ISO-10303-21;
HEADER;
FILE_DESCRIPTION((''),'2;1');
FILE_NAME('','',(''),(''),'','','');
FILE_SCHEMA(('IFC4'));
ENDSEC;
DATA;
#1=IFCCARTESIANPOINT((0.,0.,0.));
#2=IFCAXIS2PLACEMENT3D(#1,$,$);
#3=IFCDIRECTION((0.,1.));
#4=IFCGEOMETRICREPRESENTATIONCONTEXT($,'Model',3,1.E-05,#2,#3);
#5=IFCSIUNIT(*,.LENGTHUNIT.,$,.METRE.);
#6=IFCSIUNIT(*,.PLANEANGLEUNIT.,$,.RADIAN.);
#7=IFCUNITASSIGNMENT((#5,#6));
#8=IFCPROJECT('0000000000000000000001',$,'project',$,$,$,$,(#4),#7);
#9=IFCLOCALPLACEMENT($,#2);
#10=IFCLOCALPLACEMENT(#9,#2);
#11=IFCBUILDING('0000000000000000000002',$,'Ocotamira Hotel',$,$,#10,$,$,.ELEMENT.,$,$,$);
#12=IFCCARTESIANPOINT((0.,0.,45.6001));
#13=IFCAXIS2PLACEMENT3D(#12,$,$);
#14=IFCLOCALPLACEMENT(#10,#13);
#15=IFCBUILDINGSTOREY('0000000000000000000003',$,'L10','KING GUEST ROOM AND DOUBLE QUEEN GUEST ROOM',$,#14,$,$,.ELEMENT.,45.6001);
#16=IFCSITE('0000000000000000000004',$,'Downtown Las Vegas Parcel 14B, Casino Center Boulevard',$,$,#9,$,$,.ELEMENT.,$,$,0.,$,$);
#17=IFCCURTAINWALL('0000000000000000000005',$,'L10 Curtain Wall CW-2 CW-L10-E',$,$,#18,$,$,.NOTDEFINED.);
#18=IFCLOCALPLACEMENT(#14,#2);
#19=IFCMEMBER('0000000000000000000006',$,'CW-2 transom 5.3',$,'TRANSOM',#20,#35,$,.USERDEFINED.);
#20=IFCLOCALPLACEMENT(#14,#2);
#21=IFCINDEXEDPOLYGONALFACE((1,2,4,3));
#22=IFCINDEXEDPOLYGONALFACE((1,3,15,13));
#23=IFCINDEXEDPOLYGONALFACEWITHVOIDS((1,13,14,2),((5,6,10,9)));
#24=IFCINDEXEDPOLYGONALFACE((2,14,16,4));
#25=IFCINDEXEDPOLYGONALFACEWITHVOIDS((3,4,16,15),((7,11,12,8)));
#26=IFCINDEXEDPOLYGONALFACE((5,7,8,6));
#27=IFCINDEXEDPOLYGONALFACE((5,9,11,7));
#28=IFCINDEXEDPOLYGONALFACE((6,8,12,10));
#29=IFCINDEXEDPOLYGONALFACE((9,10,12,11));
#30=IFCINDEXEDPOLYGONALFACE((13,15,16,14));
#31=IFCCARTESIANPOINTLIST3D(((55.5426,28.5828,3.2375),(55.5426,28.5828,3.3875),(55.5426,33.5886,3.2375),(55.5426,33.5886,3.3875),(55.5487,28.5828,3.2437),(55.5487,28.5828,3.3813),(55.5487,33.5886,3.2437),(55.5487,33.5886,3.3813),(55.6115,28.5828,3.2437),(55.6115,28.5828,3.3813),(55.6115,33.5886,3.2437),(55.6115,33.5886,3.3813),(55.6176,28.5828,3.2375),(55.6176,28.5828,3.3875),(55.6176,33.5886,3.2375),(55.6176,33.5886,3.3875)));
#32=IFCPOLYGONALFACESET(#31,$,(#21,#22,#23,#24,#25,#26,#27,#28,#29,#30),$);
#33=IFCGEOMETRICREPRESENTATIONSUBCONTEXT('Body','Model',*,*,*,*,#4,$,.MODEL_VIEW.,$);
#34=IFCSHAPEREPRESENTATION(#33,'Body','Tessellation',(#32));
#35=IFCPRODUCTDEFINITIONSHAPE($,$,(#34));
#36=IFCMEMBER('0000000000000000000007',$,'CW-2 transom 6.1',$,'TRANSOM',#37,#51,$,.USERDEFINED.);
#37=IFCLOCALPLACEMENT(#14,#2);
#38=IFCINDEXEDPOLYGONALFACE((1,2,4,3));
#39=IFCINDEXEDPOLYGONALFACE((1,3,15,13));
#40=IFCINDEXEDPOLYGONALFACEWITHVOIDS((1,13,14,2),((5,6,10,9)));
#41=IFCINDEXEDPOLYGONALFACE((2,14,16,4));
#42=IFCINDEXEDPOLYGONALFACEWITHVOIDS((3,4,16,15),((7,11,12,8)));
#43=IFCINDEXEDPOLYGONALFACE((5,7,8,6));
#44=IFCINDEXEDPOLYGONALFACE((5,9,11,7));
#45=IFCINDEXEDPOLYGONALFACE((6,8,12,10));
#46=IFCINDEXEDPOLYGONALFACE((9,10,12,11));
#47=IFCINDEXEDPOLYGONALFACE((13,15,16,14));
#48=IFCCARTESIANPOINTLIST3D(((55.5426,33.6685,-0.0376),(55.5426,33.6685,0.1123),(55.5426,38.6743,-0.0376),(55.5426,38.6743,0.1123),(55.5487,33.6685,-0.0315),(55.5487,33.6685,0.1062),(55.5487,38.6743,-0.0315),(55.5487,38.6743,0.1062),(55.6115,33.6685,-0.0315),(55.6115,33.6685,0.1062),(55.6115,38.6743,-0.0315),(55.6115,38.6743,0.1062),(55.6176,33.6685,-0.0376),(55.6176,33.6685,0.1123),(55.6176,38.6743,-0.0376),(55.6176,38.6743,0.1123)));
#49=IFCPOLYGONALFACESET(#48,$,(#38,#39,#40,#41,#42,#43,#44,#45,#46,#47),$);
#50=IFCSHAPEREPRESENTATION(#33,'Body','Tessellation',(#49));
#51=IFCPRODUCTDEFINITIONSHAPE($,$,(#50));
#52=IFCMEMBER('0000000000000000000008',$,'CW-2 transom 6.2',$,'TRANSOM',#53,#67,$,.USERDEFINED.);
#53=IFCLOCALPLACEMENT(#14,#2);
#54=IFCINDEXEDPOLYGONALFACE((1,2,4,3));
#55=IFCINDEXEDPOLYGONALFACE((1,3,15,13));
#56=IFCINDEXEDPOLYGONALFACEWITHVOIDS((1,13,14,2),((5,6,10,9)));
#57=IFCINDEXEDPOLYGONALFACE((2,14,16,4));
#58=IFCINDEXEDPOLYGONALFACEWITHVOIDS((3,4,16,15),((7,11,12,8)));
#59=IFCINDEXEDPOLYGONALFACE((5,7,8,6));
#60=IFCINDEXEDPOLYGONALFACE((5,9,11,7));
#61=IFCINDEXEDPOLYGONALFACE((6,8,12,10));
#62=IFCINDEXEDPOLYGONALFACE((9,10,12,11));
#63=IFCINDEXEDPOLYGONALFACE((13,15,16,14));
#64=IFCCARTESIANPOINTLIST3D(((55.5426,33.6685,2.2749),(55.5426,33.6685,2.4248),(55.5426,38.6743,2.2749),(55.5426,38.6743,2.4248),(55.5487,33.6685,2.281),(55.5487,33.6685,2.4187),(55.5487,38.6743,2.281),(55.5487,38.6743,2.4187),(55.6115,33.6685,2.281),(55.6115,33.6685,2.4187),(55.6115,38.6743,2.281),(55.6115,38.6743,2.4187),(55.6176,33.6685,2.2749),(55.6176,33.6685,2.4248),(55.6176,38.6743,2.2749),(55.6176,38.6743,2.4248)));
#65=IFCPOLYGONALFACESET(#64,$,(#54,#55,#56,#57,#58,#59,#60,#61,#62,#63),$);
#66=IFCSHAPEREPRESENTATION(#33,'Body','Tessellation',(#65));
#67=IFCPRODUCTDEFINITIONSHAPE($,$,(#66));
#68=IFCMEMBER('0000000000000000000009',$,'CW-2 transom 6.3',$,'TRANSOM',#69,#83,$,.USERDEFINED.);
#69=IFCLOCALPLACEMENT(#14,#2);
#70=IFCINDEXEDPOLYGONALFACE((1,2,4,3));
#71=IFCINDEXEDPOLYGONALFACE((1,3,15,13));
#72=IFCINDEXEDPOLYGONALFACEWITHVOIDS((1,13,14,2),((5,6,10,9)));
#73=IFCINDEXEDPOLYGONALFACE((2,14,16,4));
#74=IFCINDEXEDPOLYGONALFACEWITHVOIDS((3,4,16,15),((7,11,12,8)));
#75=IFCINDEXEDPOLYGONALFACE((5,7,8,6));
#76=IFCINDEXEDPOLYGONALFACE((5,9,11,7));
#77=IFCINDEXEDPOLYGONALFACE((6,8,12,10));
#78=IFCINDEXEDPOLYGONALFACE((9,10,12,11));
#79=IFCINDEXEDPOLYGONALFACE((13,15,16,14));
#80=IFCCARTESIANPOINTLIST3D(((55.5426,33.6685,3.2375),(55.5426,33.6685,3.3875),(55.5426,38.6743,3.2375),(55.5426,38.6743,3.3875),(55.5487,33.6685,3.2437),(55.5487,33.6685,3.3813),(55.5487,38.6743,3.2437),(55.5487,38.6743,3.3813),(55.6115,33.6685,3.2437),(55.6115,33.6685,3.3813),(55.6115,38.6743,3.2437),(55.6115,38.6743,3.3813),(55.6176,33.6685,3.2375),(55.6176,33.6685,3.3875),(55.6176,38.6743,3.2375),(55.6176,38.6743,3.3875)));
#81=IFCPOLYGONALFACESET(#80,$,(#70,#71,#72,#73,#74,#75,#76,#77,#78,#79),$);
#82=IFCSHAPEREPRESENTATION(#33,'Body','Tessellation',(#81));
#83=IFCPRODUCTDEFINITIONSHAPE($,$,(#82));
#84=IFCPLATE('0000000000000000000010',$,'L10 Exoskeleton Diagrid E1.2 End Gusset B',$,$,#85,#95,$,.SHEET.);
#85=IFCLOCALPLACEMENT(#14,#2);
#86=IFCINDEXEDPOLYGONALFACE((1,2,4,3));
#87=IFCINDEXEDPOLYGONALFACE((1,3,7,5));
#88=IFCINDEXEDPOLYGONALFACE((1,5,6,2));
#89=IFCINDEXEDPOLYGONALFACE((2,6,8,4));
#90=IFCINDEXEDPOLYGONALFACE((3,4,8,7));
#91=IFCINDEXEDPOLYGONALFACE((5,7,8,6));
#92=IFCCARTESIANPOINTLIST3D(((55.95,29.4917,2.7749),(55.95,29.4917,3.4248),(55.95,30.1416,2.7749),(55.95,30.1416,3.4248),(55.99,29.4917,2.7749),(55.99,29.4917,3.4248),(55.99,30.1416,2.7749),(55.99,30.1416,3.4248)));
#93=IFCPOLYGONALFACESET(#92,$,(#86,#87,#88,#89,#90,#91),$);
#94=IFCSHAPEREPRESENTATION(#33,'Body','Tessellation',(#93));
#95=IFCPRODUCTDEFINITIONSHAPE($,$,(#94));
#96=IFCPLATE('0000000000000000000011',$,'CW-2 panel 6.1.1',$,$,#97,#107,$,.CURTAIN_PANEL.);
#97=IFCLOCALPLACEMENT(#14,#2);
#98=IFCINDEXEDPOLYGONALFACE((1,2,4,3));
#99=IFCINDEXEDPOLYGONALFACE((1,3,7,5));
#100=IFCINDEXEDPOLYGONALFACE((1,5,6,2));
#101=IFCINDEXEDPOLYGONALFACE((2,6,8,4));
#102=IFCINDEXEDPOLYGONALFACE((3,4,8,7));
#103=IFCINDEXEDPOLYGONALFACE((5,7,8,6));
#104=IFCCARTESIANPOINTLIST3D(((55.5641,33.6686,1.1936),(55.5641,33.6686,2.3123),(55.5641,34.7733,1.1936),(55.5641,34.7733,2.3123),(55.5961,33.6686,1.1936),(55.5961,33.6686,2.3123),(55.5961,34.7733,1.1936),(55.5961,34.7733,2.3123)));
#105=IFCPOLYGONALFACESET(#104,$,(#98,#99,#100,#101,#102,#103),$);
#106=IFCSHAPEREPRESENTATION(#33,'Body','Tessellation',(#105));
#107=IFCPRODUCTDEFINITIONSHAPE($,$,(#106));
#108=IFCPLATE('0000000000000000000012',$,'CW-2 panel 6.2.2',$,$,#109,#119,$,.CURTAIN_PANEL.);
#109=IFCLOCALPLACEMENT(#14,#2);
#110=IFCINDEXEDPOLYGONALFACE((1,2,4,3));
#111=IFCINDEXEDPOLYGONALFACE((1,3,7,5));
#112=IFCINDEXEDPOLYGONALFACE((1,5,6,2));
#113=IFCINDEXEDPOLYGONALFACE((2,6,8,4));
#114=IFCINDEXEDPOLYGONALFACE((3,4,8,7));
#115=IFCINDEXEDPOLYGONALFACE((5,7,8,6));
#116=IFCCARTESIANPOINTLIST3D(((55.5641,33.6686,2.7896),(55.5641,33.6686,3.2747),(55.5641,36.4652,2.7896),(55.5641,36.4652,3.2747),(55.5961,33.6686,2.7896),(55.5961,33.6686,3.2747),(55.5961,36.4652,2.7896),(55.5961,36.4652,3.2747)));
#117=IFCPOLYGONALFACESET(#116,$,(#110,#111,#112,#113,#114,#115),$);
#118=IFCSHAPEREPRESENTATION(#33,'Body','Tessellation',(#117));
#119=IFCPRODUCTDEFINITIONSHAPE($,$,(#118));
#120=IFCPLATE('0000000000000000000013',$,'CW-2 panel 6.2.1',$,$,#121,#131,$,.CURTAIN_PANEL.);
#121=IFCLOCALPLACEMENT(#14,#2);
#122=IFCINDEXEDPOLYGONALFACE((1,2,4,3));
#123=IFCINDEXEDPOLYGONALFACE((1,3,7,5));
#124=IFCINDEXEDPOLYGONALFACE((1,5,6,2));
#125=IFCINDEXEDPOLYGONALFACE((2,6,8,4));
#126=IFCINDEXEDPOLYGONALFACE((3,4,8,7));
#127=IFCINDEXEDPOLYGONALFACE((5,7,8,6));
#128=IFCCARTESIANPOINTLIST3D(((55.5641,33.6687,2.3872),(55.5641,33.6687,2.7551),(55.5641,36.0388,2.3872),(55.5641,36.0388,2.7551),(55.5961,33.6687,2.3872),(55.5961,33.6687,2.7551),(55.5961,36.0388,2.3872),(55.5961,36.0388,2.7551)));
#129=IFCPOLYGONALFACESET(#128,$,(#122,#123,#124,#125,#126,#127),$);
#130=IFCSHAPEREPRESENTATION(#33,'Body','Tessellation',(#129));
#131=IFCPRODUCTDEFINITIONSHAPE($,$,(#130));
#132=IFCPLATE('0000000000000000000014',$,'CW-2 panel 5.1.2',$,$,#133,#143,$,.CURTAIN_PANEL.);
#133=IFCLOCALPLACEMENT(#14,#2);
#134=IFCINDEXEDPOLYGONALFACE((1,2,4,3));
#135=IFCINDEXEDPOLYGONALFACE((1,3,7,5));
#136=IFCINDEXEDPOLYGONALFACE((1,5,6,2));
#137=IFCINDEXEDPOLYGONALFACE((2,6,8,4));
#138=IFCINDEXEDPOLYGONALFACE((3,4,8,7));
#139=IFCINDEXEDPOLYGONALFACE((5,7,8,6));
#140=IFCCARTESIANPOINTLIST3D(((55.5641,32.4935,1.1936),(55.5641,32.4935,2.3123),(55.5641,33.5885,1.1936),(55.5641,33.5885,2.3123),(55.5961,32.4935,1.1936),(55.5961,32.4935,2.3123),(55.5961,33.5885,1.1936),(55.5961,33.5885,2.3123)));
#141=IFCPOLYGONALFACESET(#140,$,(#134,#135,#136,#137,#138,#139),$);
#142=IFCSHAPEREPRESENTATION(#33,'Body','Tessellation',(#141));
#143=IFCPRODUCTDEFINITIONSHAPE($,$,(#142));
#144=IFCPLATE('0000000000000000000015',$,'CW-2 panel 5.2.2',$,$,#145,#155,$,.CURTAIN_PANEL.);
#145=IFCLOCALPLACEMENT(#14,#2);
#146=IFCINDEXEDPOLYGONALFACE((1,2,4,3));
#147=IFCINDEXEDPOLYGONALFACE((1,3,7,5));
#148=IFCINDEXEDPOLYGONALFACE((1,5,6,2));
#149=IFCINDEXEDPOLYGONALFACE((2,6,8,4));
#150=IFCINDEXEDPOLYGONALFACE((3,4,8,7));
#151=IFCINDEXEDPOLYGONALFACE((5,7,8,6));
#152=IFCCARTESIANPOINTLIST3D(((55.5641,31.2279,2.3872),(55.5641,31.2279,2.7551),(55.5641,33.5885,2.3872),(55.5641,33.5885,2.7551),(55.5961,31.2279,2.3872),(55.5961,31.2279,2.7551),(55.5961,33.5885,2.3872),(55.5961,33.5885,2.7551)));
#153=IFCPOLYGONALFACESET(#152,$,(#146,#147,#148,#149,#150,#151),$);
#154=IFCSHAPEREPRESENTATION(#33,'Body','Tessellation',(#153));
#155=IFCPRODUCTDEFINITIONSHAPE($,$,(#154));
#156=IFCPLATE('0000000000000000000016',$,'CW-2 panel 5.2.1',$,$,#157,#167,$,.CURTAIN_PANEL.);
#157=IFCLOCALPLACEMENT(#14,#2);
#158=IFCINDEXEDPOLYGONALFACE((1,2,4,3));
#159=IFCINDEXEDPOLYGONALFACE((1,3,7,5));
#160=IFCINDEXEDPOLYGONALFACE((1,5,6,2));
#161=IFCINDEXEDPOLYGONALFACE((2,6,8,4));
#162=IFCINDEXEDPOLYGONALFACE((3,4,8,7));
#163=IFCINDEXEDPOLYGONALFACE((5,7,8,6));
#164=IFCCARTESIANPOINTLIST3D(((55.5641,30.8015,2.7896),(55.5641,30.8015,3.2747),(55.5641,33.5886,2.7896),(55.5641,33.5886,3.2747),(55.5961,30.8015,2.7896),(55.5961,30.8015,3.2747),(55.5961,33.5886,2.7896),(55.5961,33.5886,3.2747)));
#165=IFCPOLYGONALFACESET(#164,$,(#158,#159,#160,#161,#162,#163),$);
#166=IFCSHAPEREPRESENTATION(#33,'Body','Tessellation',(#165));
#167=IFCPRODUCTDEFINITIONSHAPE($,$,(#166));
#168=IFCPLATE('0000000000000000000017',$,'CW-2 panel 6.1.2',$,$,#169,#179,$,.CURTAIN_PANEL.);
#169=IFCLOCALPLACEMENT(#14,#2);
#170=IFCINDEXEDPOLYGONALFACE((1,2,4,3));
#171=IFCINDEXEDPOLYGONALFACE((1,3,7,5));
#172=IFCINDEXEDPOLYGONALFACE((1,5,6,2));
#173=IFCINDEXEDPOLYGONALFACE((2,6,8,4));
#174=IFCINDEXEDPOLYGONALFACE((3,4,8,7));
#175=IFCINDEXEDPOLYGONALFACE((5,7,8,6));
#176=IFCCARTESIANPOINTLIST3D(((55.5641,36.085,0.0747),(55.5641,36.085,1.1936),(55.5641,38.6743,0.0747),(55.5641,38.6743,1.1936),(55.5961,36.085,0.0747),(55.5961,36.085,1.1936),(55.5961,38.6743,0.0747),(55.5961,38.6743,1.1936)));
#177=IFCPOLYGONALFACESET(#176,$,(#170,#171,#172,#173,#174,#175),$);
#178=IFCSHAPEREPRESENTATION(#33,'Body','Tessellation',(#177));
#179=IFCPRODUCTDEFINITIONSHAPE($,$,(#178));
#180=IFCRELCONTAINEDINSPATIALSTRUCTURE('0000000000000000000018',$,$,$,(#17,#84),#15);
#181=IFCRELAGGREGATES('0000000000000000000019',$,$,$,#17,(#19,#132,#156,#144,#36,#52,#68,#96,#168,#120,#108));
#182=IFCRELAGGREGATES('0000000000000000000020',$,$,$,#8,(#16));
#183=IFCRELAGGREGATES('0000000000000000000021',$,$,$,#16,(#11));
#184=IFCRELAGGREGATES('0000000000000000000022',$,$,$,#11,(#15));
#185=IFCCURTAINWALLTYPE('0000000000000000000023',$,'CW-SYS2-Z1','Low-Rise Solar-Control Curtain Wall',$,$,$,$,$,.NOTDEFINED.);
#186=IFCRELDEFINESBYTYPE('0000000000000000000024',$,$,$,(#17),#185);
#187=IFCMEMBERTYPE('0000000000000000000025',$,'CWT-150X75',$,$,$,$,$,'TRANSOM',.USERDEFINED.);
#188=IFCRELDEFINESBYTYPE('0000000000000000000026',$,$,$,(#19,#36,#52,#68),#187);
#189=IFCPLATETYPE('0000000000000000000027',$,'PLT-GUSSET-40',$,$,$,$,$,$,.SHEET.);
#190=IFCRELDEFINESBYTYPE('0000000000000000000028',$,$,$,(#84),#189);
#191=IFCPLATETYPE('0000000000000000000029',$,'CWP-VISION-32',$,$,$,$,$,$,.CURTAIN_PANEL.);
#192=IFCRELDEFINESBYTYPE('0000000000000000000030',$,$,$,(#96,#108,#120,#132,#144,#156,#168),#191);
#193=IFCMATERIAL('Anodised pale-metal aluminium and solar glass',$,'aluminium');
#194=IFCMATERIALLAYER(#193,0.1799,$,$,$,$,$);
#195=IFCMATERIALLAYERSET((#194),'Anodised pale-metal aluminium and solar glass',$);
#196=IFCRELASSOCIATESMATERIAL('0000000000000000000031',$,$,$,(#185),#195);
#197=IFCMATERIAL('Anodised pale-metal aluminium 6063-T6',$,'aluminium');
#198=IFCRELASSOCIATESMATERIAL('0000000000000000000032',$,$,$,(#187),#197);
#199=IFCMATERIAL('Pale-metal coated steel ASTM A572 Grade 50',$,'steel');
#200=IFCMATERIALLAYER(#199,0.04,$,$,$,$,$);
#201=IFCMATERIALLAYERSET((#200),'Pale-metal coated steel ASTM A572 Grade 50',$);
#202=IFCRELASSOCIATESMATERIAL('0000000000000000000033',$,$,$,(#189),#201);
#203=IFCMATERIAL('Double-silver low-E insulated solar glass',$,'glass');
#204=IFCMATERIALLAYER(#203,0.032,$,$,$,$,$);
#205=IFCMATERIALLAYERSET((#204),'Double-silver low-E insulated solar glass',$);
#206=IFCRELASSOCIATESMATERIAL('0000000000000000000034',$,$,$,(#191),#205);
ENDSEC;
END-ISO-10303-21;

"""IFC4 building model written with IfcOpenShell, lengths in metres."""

from ifc_helpers import new_model, si_unit, direction, frame, origin, origin_2d, place, context, subcontext, project, spatial, rectangle, hollow_rectangle, extrude, source, transform, mapped, material, layer, layer_set, material_profile, profile_set, type_object, element, aggregate, save


model = new_model("IFC4")

# Units and contexts
model_context = context("Model", 3, precision=1e-05, world=origin(), true_north=direction((0.0, 1.0)))
body_context = subcontext(model_context, "Body", "Model", "MODEL_VIEW")
ifc_project = project(units=[si_unit("LENGTHUNIT", "METRE"), si_unit("PLANEANGLEUNIT", "RADIAN")], contexts=[model_context])

# Site, building, storey
site_placement = place(None, origin())
site = spatial("IfcSite", under=ifc_project, at=site_placement, Name="Downtown Las Vegas Parcel 14B, Casino Center Boulevard", CompositionType="ELEMENT", RefElevation=0.0)
building_placement = place(site_placement, origin())
building = spatial("IfcBuilding", under=site, at=building_placement, Name="Ocotamira Hotel", CompositionType="ELEMENT")
storey_placement = place(building_placement, frame((0.0, 0.0, 45.6001)))
storey = spatial("IfcBuildingStorey", under=building, at=storey_placement, Name="L10", Description="KING GUEST ROOM AND DOUBLE QUEEN GUEST ROOM", CompositionType="ELEMENT", Elevation=45.6001)

# Curtain wall, members
ifc_material_1 = material(Name="Anodised pale-metal aluminium and solar glass", Category="aluminium")
ifc_layer_1 = layer(ifc_material_1, 0.1799)
ifc_layer_set_1 = layer_set([ifc_layer_1], Name="Anodised pale-metal aluminium and solar glass")
curtain_wall_type = type_object("IfcCurtainWallType", Name="CW-SYS2-Z1", Description="Low-Rise Solar-Control Curtain Wall", PredefinedType="NOTDEFINED", material=ifc_layer_set_1)
curtain_wall_placement = place(storey_placement, origin())
curtain_wall = element("IfcCurtainWall", 1, at=curtain_wall_placement, inside=storey, type_object=curtain_wall_type, Name="L10 Curtain Wall CW-2 CW-L10-E", PredefinedType="NOTDEFINED")
ifc_material_2 = material(Name="Anodised pale-metal aluminium 6063-T6", Category="aluminium")
ifc_material_profile_1 = material_profile(ifc_material_2, hollow_rectangle(XDim=0.075, YDim=0.1499, WallThickness=0.0061, at=origin_2d()), Name="HSS150X75X6")
ifc_profile_set_1 = profile_set([ifc_material_profile_1], Name="Anodised pale-metal aluminium 6063-T6")
member_type_1 = type_object("IfcMemberType", Name="CWT-150X75", ElementType="TRANSOM", PredefinedType="USERDEFINED", material=ifc_profile_set_1)
shared_shape_1 = source(origin(), body_context, "Body", "SweptSolid", [
    extrude(hollow_rectangle(XDim=0.075, YDim=0.1499, WallThickness=0.0061, at=origin_2d()), origin(), (0.0, 0.0, 1.0), 5.0059),
])
member_1_placement = place(storey_placement, frame((55.5801, 28.5828, 3.3125), z_axis=(0.0, 1.0, 0.0), x_axis=(-1.0, 0.0, 0.0)))
member_1 = element("IfcMember", 2, at=member_1_placement, type_object=member_type_1, Name="CW-2 transom 5.3", ObjectType="TRANSOM", PredefinedType="USERDEFINED", context=body_context, shape_type="MappedRepresentation", body=[
    mapped(shared_shape_1, transform((0.0, 0.0, 0.0), scale=1.0)),
])
member_2_placement = place(storey_placement, frame((55.5801, 33.6685, 0.0374), z_axis=(0.0, 1.0, 0.0), x_axis=(-1.0, 0.0, 0.0)))
member_2 = element("IfcMember", 3, at=member_2_placement, type_object=member_type_1, Name="CW-2 transom 6.1", ObjectType="TRANSOM", PredefinedType="USERDEFINED", context=body_context, shape_type="MappedRepresentation", body=[
    mapped(shared_shape_1, transform((0.0, 0.0, 0.0), scale=1.0)),
])
member_3_placement = place(storey_placement, frame((55.5801, 33.6685, 2.3499), z_axis=(0.0, 1.0, 0.0), x_axis=(-1.0, 0.0, 0.0)))
member_3 = element("IfcMember", 4, at=member_3_placement, type_object=member_type_1, Name="CW-2 transom 6.2", ObjectType="TRANSOM", PredefinedType="USERDEFINED", context=body_context, shape_type="MappedRepresentation", body=[
    mapped(shared_shape_1, transform((0.0, 0.0, 0.0), scale=1.0)),
])
member_4_placement = place(storey_placement, frame((55.5801, 33.6685, 3.3125), z_axis=(0.0, 1.0, 0.0), x_axis=(-1.0, 0.0, 0.0)))
member_4 = element("IfcMember", 5, at=member_4_placement, type_object=member_type_1, Name="CW-2 transom 6.3", ObjectType="TRANSOM", PredefinedType="USERDEFINED", context=body_context, shape_type="MappedRepresentation", body=[
    mapped(shared_shape_1, transform((0.0, 0.0, 0.0), scale=1.0)),
])

# Plates
ifc_material_3 = material(Name="Pale-metal coated steel ASTM A572 Grade 50", Category="steel")
ifc_layer_2 = layer(ifc_material_3, 0.04)
ifc_layer_set_2 = layer_set([ifc_layer_2], Name="Pale-metal coated steel ASTM A572 Grade 50")
plate_type_1 = type_object("IfcPlateType", Name="PLT-GUSSET-40", PredefinedType="SHEET", material=ifc_layer_set_2)
shared_shape_2 = source(origin(), body_context, "Body", "SweptSolid", [
    extrude(rectangle(XDim=0.04, YDim=0.6499, at=origin_2d()), origin(), (0.0, 0.0, 1.0), 0.6499),
])
plate_1_placement = place(storey_placement, frame((55.97, 29.8167, 2.7749), z_axis=(0.0, 0.0, 1.0), x_axis=(1.0, 0.0, 0.0)))
element("IfcPlate", 6, at=plate_1_placement, inside=storey, type_object=plate_type_1, Name="L10 Exoskeleton Diagrid E1.2 End Gusset B", PredefinedType="SHEET", context=body_context, shape_type="MappedRepresentation", body=[
    mapped(shared_shape_2, transform((0.0, 0.0, 0.0), scale=1.0)),
])
ifc_material_4 = material(Name="Double-silver low-E insulated solar glass", Category="glass")
ifc_layer_3 = layer(ifc_material_4, 0.032)
ifc_layer_set_3 = layer_set([ifc_layer_3], Name="Double-silver low-E insulated solar glass")
plate_type_2 = type_object("IfcPlateType", Name="CWP-VISION-32", PredefinedType="CURTAIN_PANEL", material=ifc_layer_set_3)
shared_shape_3 = source(origin(), body_context, "Body", "SweptSolid", [
    extrude(rectangle(XDim=1.1047, YDim=0.032, at=origin_2d()), origin(), (0.0, 0.0, 1.0), 1.1187),
])
plate_2_placement = place(storey_placement, frame((55.5801, 34.2209, 1.1936), z_axis=(0.0, 0.0, 1.0), x_axis=(0.0, 1.0, 0.0)))
plate_2 = element("IfcPlate", 7, at=plate_2_placement, type_object=plate_type_2, Name="CW-2 panel 6.1.1", PredefinedType="CURTAIN_PANEL", context=body_context, shape_type="MappedRepresentation", body=[
    mapped(shared_shape_3, transform((0.0, 0.0, 0.0), scale=1.0)),
])
shared_shape_4 = source(origin(), body_context, "Body", "SweptSolid", [
    extrude(rectangle(XDim=2.7966, YDim=0.032, at=origin_2d()), origin(), (0.0, 0.0, 1.0), 0.4851),
])
plate_3_placement = place(storey_placement, frame((55.5801, 35.0669, 2.7896), z_axis=(0.0, 0.0, 1.0), x_axis=(0.0, 1.0, 0.0)))
plate_3 = element("IfcPlate", 8, at=plate_3_placement, type_object=plate_type_2, Name="CW-2 panel 6.2.2", PredefinedType="CURTAIN_PANEL", context=body_context, shape_type="MappedRepresentation", body=[
    mapped(shared_shape_4, transform((0.0, 0.0, 0.0), scale=1.0)),
])
shared_shape_5 = source(origin(), body_context, "Body", "SweptSolid", [
    extrude(rectangle(XDim=2.3701, YDim=0.032, at=origin_2d()), origin(), (0.0, 0.0, 1.0), 0.3679),
])
plate_4_placement = place(storey_placement, frame((55.5801, 34.8538, 2.3872), z_axis=(0.0, 0.0, 1.0), x_axis=(0.0, 1.0, 0.0)))
plate_4 = element("IfcPlate", 9, at=plate_4_placement, type_object=plate_type_2, Name="CW-2 panel 6.2.1", PredefinedType="CURTAIN_PANEL", context=body_context, shape_type="MappedRepresentation", body=[
    mapped(shared_shape_5, transform((0.0, 0.0, 0.0), scale=1.0)),
])
shared_shape_6 = source(origin(), body_context, "Body", "SweptSolid", [
    extrude(rectangle(XDim=1.095, YDim=0.032, at=origin_2d()), origin(), (0.0, 0.0, 1.0), 1.1187),
])
plate_5_placement = place(storey_placement, frame((55.5801, 33.041, 1.1936), z_axis=(0.0, 0.0, 1.0), x_axis=(0.0, 1.0, 0.0)))
plate_5 = element("IfcPlate", 10, at=plate_5_placement, type_object=plate_type_2, Name="CW-2 panel 5.1.2", PredefinedType="CURTAIN_PANEL", context=body_context, shape_type="MappedRepresentation", body=[
    mapped(shared_shape_6, transform((0.0, 0.0, 0.0), scale=1.0)),
])
shared_shape_7 = source(origin(), body_context, "Body", "SweptSolid", [
    extrude(rectangle(XDim=2.3606, YDim=0.032, at=origin_2d()), origin(), (0.0, 0.0, 1.0), 0.3679),
])
plate_6_placement = place(storey_placement, frame((55.5801, 32.4082, 2.3872), z_axis=(0.0, 0.0, 1.0), x_axis=(0.0, 1.0, 0.0)))
plate_6 = element("IfcPlate", 11, at=plate_6_placement, type_object=plate_type_2, Name="CW-2 panel 5.2.2", PredefinedType="CURTAIN_PANEL", context=body_context, shape_type="MappedRepresentation", body=[
    mapped(shared_shape_7, transform((0.0, 0.0, 0.0), scale=1.0)),
])
shared_shape_8 = source(origin(), body_context, "Body", "SweptSolid", [
    extrude(rectangle(XDim=2.7871, YDim=0.032, at=origin_2d()), origin(), (0.0, 0.0, 1.0), 0.4851),
])
plate_7_placement = place(storey_placement, frame((55.5801, 32.1951, 2.7896), z_axis=(0.0, 0.0, 1.0), x_axis=(0.0, 1.0, 0.0)))
plate_7 = element("IfcPlate", 12, at=plate_7_placement, type_object=plate_type_2, Name="CW-2 panel 5.2.1", PredefinedType="CURTAIN_PANEL", context=body_context, shape_type="MappedRepresentation", body=[
    mapped(shared_shape_8, transform((0.0, 0.0, 0.0), scale=1.0)),
])
shared_shape_9 = source(origin(), body_context, "Body", "SweptSolid", [
    extrude(rectangle(XDim=2.5894, YDim=0.032, at=origin_2d()), origin(), (0.0, 0.0, 1.0), 1.1189),
])
plate_8_placement = place(storey_placement, frame((55.5801, 37.3796, 0.0747), z_axis=(0.0, 0.0, 1.0), x_axis=(0.0, 1.0, 0.0)))
plate_8 = element("IfcPlate", 13, at=plate_8_placement, type_object=plate_type_2, Name="CW-2 panel 6.1.2", PredefinedType="CURTAIN_PANEL", context=body_context, shape_type="MappedRepresentation", body=[
    mapped(shared_shape_9, transform((0.0, 0.0, 0.0), scale=1.0)),
])
aggregate(curtain_wall, [member_1, plate_5, plate_7, plate_6, member_2, member_3, member_4, plate_2, plate_8, plate_4, plate_3])

save(model, "model.ifc")
